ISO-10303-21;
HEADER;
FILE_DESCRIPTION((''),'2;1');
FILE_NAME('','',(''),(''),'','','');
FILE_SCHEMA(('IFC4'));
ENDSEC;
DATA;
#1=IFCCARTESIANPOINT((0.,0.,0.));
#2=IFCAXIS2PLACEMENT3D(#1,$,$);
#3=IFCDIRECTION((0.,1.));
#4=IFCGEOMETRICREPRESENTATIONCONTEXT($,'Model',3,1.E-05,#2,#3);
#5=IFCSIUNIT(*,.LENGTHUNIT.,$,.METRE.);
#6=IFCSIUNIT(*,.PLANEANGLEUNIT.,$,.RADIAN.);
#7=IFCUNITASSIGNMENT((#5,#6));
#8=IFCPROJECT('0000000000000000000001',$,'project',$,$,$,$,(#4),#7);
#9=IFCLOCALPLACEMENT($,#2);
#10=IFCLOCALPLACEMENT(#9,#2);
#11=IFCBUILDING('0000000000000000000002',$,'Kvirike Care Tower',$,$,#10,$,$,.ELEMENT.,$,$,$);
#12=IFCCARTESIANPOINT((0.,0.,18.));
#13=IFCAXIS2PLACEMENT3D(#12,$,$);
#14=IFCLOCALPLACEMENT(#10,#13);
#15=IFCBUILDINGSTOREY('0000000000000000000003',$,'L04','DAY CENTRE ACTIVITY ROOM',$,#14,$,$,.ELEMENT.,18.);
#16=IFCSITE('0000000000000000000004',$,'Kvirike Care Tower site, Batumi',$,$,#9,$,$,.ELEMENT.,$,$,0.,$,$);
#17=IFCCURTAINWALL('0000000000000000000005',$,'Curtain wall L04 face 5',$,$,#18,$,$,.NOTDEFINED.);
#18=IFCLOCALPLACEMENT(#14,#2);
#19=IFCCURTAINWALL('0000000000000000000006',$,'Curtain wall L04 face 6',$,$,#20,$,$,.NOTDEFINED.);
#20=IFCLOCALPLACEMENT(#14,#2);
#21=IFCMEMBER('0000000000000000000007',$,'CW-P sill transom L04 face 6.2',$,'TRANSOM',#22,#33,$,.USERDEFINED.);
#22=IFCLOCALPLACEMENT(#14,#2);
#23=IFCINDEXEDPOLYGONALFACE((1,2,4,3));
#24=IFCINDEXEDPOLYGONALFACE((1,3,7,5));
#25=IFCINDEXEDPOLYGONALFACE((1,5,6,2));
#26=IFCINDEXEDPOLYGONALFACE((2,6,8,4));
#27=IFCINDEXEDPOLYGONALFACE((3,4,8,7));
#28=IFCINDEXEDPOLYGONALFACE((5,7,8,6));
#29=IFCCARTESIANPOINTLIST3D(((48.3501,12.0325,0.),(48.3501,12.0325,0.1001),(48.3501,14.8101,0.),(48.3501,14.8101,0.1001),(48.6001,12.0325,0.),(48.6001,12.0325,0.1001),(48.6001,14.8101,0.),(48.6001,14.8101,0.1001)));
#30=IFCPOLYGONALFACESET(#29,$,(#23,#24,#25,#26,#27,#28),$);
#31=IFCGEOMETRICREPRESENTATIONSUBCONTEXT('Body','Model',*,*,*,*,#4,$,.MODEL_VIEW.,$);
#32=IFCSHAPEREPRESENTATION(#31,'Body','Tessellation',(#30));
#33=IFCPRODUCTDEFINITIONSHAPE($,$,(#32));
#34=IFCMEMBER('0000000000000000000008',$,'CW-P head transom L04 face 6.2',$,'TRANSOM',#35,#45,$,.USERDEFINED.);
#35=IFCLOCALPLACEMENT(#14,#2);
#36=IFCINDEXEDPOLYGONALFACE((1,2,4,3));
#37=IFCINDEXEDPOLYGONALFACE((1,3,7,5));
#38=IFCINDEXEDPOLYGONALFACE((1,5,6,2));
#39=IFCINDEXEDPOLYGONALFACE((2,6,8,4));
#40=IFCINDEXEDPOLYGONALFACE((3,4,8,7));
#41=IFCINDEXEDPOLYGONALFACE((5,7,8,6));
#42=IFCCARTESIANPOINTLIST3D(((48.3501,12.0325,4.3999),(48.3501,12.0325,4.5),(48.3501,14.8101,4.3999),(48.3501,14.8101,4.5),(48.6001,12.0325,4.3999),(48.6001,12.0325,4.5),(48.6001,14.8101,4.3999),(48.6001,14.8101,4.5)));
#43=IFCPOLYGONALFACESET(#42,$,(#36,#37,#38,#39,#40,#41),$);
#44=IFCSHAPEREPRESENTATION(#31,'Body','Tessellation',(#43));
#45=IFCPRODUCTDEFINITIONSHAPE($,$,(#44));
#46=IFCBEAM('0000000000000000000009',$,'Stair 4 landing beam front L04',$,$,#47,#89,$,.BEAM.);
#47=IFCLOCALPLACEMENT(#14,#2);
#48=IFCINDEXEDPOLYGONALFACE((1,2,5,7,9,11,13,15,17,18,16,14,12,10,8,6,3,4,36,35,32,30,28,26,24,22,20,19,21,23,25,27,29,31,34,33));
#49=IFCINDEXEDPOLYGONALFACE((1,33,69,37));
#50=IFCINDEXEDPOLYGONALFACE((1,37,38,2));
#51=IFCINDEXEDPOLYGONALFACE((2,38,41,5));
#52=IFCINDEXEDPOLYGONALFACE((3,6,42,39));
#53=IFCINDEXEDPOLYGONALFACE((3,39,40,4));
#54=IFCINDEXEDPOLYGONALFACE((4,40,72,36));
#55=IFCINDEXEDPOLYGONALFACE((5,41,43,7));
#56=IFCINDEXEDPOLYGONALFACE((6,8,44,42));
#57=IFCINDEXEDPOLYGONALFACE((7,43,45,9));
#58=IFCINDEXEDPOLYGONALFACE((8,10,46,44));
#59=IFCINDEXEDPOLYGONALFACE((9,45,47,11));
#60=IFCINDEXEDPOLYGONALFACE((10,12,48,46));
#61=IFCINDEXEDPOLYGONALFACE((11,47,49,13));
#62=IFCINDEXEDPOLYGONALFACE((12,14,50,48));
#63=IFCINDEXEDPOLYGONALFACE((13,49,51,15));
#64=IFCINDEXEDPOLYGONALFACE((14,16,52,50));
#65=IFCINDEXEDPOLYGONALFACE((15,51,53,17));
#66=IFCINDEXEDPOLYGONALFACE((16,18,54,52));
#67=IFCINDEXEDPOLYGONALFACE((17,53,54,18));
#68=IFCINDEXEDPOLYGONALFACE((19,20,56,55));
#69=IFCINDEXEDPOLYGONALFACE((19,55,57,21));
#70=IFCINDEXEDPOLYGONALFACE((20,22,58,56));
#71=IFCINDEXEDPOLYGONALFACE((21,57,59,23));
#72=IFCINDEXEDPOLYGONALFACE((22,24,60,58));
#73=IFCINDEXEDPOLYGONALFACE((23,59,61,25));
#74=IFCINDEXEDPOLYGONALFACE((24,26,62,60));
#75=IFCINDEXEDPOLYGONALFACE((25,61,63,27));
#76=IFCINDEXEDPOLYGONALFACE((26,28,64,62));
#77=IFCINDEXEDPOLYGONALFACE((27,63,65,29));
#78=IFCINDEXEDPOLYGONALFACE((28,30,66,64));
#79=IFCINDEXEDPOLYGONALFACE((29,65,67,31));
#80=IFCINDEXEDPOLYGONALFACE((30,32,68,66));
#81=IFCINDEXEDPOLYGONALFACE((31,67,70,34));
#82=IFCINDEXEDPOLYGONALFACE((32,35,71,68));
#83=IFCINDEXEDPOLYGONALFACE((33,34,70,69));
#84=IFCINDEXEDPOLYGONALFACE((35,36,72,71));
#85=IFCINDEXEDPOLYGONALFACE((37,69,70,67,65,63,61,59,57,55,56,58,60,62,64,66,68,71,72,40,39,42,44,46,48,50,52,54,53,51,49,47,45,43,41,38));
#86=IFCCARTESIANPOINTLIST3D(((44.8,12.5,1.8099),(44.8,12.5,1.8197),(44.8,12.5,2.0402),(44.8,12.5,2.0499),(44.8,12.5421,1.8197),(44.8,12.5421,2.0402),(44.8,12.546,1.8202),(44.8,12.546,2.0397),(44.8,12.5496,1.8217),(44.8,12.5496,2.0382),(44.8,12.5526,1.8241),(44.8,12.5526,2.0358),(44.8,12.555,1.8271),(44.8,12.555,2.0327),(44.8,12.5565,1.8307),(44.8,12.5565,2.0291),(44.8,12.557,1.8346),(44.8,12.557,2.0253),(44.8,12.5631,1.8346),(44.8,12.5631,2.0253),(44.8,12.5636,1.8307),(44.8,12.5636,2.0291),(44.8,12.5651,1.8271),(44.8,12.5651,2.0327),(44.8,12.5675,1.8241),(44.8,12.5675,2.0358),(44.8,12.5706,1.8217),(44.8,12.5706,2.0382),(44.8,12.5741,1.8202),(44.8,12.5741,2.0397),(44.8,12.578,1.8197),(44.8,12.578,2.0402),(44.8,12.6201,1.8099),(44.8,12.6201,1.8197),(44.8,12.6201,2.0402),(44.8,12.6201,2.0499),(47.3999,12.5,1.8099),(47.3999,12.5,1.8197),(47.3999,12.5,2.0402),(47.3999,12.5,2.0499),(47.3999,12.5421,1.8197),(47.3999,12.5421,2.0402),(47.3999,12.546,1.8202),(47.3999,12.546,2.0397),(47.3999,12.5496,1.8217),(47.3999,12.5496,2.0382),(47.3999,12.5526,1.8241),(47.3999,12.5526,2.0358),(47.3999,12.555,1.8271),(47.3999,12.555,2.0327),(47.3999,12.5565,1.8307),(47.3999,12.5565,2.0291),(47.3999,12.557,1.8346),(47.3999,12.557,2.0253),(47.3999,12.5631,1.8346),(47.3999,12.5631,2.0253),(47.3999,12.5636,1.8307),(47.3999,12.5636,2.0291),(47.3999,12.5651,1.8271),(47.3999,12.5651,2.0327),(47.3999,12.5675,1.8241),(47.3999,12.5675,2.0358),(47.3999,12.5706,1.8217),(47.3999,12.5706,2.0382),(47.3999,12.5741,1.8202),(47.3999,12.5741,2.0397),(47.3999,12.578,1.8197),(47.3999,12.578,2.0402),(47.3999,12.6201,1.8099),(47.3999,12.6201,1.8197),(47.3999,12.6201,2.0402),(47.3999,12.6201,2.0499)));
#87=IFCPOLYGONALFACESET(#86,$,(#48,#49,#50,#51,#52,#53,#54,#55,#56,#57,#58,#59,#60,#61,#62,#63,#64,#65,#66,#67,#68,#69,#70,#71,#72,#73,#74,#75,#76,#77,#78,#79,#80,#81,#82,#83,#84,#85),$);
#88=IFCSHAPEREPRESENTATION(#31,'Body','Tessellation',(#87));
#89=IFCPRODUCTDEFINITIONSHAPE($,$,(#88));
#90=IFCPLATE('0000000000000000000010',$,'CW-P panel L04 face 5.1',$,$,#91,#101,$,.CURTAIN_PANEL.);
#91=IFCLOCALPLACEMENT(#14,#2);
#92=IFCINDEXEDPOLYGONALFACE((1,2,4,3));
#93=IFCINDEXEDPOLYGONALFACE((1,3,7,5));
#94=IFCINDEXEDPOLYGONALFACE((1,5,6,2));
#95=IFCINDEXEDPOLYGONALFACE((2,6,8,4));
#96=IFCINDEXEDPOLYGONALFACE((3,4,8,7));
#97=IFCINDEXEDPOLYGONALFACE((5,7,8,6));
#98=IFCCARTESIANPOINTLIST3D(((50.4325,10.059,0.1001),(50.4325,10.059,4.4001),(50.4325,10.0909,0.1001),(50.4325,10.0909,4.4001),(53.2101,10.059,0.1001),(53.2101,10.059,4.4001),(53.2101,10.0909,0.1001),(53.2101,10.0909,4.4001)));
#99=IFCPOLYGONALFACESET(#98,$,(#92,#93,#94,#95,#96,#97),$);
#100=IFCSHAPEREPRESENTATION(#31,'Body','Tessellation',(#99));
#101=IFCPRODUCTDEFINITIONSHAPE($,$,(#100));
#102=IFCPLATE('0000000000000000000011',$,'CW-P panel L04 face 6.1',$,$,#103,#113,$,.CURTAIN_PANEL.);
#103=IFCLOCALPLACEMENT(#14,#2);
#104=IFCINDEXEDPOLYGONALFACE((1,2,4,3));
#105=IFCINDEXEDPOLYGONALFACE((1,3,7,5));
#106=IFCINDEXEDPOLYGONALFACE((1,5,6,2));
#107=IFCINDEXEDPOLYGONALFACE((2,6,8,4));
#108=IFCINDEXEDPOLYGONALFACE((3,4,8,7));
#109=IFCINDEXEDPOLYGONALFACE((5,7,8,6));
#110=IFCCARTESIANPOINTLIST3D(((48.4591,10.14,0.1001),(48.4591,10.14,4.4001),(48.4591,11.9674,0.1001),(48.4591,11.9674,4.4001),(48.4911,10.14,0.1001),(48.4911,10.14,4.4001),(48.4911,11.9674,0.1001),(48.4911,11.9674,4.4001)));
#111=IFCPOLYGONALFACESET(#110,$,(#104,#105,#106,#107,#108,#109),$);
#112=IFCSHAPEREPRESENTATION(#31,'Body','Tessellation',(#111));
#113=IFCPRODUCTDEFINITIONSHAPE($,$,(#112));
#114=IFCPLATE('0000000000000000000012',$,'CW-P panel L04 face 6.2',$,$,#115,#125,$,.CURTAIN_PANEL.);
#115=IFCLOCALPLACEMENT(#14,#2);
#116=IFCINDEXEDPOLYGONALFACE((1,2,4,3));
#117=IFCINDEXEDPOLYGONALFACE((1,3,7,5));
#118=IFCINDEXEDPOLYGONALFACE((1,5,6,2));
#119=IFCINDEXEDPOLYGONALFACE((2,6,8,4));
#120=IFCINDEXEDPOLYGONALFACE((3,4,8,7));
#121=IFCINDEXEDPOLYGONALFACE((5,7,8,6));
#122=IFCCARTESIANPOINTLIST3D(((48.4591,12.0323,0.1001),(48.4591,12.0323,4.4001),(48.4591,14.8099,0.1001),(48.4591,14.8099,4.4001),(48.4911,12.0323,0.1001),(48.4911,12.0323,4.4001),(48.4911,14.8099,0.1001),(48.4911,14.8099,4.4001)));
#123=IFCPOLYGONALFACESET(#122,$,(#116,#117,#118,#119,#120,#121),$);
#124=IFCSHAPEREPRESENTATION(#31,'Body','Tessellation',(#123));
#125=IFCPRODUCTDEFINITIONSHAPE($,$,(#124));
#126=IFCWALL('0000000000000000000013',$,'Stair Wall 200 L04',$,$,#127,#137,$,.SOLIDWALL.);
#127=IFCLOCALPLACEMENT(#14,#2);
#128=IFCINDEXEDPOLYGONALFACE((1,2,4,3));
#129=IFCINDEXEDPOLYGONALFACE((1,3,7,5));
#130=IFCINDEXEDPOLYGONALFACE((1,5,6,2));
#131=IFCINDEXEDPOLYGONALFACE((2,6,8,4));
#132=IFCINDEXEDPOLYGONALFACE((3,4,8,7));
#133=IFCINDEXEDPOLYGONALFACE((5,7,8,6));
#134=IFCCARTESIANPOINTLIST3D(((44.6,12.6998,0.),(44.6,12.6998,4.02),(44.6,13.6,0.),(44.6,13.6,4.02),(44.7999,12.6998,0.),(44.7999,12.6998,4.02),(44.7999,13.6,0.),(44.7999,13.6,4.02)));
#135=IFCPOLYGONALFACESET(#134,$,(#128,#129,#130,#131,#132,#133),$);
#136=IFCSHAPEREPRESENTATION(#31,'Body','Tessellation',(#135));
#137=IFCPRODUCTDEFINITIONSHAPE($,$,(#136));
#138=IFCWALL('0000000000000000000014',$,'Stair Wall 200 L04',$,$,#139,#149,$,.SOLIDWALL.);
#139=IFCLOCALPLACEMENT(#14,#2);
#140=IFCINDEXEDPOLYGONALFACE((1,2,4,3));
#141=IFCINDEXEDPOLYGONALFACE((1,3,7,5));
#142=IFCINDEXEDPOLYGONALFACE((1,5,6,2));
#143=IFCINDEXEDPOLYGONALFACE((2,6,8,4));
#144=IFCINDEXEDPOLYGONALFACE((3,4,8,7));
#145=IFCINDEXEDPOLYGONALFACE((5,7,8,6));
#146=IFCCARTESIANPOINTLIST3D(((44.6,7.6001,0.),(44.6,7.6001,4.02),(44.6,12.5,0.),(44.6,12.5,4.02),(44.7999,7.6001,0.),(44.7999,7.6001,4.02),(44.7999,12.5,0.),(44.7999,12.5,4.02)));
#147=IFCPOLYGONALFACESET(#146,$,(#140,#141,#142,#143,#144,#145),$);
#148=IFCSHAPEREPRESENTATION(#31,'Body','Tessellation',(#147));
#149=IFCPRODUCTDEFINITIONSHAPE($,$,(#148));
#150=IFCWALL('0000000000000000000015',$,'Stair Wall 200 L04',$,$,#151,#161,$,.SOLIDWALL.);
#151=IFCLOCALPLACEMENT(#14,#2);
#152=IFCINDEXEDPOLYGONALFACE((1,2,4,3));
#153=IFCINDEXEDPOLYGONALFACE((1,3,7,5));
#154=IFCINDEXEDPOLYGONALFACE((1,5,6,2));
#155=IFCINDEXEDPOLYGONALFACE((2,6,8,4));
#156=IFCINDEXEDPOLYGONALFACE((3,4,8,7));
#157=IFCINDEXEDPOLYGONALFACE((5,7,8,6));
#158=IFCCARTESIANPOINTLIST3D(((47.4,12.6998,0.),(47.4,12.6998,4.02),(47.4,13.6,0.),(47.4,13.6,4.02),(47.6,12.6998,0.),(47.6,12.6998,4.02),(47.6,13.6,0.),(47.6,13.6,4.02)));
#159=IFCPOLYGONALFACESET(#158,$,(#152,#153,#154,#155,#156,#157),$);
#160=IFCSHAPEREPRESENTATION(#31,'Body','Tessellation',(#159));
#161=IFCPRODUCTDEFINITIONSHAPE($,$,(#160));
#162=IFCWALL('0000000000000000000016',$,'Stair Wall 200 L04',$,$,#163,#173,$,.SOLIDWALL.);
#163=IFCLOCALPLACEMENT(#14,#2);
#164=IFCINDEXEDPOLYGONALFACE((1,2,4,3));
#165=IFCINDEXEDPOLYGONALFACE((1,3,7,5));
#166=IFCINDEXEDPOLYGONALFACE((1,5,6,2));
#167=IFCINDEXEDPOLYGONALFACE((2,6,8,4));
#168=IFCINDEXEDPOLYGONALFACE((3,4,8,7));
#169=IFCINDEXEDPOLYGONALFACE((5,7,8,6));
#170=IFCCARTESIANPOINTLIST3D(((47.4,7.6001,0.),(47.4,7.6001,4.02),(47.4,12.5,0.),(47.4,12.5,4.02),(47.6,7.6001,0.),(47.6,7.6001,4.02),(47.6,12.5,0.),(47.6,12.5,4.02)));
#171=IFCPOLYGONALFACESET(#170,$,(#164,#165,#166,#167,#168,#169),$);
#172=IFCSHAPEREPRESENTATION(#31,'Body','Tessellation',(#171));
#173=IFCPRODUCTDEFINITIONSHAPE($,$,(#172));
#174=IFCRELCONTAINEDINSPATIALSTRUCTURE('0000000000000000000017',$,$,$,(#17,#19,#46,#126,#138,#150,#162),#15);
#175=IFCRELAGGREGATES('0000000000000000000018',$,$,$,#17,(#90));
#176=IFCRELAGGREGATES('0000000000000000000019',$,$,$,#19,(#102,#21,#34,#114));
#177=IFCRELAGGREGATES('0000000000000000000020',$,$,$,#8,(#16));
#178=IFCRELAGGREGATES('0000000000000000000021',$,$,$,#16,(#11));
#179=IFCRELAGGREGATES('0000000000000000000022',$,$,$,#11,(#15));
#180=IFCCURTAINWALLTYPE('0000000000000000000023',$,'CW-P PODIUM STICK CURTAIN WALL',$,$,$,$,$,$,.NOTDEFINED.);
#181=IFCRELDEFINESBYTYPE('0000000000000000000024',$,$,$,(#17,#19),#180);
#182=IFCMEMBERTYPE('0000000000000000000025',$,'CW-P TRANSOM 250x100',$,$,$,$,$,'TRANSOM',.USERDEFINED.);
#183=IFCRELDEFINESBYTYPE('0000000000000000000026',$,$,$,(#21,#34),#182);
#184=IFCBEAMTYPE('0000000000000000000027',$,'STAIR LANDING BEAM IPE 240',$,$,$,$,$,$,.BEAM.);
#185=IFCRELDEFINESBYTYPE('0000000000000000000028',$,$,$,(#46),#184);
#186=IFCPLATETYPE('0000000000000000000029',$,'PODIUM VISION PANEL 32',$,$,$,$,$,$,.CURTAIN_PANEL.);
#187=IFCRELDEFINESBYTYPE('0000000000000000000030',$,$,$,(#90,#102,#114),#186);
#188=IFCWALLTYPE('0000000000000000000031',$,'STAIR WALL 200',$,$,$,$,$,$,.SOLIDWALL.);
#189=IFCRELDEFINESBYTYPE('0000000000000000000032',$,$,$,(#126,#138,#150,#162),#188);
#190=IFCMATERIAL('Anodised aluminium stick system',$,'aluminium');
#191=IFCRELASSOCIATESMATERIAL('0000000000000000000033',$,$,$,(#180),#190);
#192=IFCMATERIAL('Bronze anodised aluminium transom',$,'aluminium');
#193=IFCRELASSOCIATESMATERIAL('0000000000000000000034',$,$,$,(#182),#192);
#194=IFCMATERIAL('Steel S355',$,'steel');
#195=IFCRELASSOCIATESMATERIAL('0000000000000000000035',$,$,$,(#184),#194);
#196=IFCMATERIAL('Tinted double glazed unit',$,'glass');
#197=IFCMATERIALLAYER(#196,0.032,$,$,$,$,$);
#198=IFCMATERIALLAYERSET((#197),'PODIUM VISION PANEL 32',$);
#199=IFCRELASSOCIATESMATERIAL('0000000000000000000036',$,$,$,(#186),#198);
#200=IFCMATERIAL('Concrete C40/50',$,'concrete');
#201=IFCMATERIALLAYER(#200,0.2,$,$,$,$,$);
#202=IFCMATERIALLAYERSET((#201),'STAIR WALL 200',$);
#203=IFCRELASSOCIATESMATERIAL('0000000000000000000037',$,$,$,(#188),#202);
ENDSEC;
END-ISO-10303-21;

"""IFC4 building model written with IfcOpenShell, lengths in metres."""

from ifc_helpers import new_model, si_unit, direction, frame, frame_2d, origin, origin_2d, place, context, subcontext, project, spatial, rectangle, i_section, extrude, material, layer, layer_set, material_profile, profile_set, type_object, element, aggregate, save


model = new_model("IFC4")

# Units and contexts
model_context = context("Model", 3, precision=1e-05, world=origin(), true_north=direction((0.0, 1.0)))
body_context = subcontext(model_context, "Body", "Model", "MODEL_VIEW")
ifc_project = project(units=[si_unit("LENGTHUNIT", "METRE"), si_unit("PLANEANGLEUNIT", "RADIAN")], contexts=[model_context])

# Site, building, storey
site_placement = place(None, origin())
site = spatial("IfcSite", under=ifc_project, at=site_placement, Name="Kvirike Care Tower site, Batumi", CompositionType="ELEMENT", RefElevation=0.0)
building_placement = place(site_placement, origin())
building = spatial("IfcBuilding", under=site, at=building_placement, Name="Kvirike Care Tower", CompositionType="ELEMENT")
storey_placement = place(building_placement, frame((0.0, 0.0, 18.0)))
storey = spatial("IfcBuildingStorey", under=building, at=storey_placement, Name="L04", Description="DAY CENTRE ACTIVITY ROOM", CompositionType="ELEMENT", Elevation=18.0)

# Curtain walls
ifc_material_1 = material(Name="Anodised aluminium stick system", Category="aluminium")
curtain_wall_type = type_object("IfcCurtainWallType", Name="CW-P PODIUM STICK CURTAIN WALL", PredefinedType="NOTDEFINED", material=ifc_material_1)
curtain_wall_1_placement = place(storey_placement, origin())
curtain_wall_1 = element("IfcCurtainWall", 1, at=curtain_wall_1_placement, inside=storey, type_object=curtain_wall_type, Name="Curtain wall L04 face 5", PredefinedType="NOTDEFINED")
curtain_wall_2_placement = place(storey_placement, origin())
curtain_wall_2 = element("IfcCurtainWall", 2, at=curtain_wall_2_placement, inside=storey, type_object=curtain_wall_type, Name="Curtain wall L04 face 6", PredefinedType="NOTDEFINED")

# Members
ifc_material_2 = material(Name="Bronze anodised aluminium transom", Category="aluminium")
ifc_material_profile_1 = material_profile(ifc_material_2, rectangle(XDim=0.25, YDim=0.1001, at=origin_2d()), Name="CW-P TRANSOM 250x100")
ifc_profile_set_1 = profile_set([ifc_material_profile_1], Name="Bronze anodised aluminium transom")
member_type_1 = type_object("IfcMemberType", Name="CW-P TRANSOM 250x100", ElementType="TRANSOM", PredefinedType="USERDEFINED", material=ifc_profile_set_1)
member_1_placement = place(storey_placement, frame((48.4751, 12.0325, 0.05), z_axis=(0.0, 1.0, 0.0), x_axis=(-1.0, 0.0, 0.0)))
member_1 = element("IfcMember", 3, at=member_1_placement, type_object=member_type_1, Name="CW-P sill transom L04 face 6.2", ObjectType="TRANSOM", PredefinedType="USERDEFINED", context=body_context, shape_type="SweptSolid", body=[
    extrude(rectangle(XDim=0.25, YDim=0.1001, at=origin_2d()), origin(), (0.0, 0.0, 1.0), 2.7776),
])
member_2_placement = place(storey_placement, frame((48.4751, 12.0325, 4.45), z_axis=(0.0, 1.0, 0.0), x_axis=(-1.0, 0.0, 0.0)))
member_2 = element("IfcMember", 4, at=member_2_placement, type_object=member_type_1, Name="CW-P head transom L04 face 6.2", ObjectType="TRANSOM", PredefinedType="USERDEFINED", context=body_context, shape_type="SweptSolid", body=[
    extrude(rectangle(XDim=0.25, YDim=0.1001, at=origin_2d()), origin(), (0.0, 0.0, 1.0), 2.7776),
])

# Beam
ifc_material_3 = material(Name="Steel S355", Category="steel")
ifc_material_profile_2 = material_profile(ifc_material_3, i_section(OverallWidth=0.1201, OverallDepth=0.24, WebThickness=0.0061, FlangeThickness=0.0098, FilletRadius=0.0149, at=origin_2d()), Name="IPE 240")
ifc_profile_set_2 = profile_set([ifc_material_profile_2], Name="Steel S355")
beam_type = type_object("IfcBeamType", Name="STAIR LANDING BEAM IPE 240", PredefinedType="BEAM", material=ifc_profile_set_2)
beam_placement = place(storey_placement, frame((44.8, 12.5601, 1.9299), z_axis=(1.0, 0.0, 0.0), x_axis=(0.0, 1.0, 0.0)))
element("IfcBeam", 5, at=beam_placement, inside=storey, type_object=beam_type, Name="Stair 4 landing beam front L04", PredefinedType="BEAM", context=body_context, shape_type="SweptSolid", body=[
    extrude(i_section(OverallWidth=0.1201, OverallDepth=0.24, WebThickness=0.0061, FlangeThickness=0.0098, FilletRadius=0.0149, at=origin_2d()), origin(), (0.0, 0.0, 1.0), 2.5999),
])

# Plates
ifc_material_4 = material(Name="Tinted double glazed unit", Category="glass")
ifc_layer_1 = layer(ifc_material_4, 0.032)
ifc_layer_set_1 = layer_set([ifc_layer_1], Name="PODIUM VISION PANEL 32")
plate_type = type_object("IfcPlateType", Name="PODIUM VISION PANEL 32", PredefinedType="CURTAIN_PANEL", material=ifc_layer_set_1)
plate_1_placement = place(storey_placement, frame((51.8213, 10.075, 0.1001), z_axis=(0.0, 0.0, 1.0), x_axis=(-1.0, 0.0, 0.0)))
plate_1 = element("IfcPlate", 6, at=plate_1_placement, type_object=plate_type, Name="CW-P panel L04 face 5.1", PredefinedType="CURTAIN_PANEL", context=body_context, shape_type="SweptSolid", body=[
    extrude(rectangle(XDim=2.7776, YDim=0.032, at=origin_2d()), origin(), (0.0, 0.0, 1.0), 4.3),
])
aggregate(curtain_wall_1, [plate_1])
plate_2_placement = place(storey_placement, frame((48.4751, 11.0537, 0.1001), z_axis=(0.0, 0.0, 1.0), x_axis=(0.0, 1.0, 0.0)))
plate_2 = element("IfcPlate", 7, at=plate_2_placement, type_object=plate_type, Name="CW-P panel L04 face 6.1", PredefinedType="CURTAIN_PANEL", context=body_context, shape_type="SweptSolid", body=[
    extrude(rectangle(XDim=1.8274, YDim=0.032, at=origin_2d()), origin(), (0.0, 0.0, 1.0), 4.3),
])
plate_3_placement = place(storey_placement, frame((48.4751, 13.4211, 0.1001), z_axis=(0.0, 0.0, 1.0), x_axis=(0.0, 1.0, 0.0)))
plate_3 = element("IfcPlate", 8, at=plate_3_placement, type_object=plate_type, Name="CW-P panel L04 face 6.2", PredefinedType="CURTAIN_PANEL", context=body_context, shape_type="SweptSolid", body=[
    extrude(rectangle(XDim=2.7776, YDim=0.032, at=origin_2d()), origin(), (0.0, 0.0, 1.0), 4.3),
])
aggregate(curtain_wall_2, [plate_2, member_1, member_2, plate_3])

# Walls
ifc_material_5 = material(Name="Concrete C40/50", Category="concrete")
ifc_layer_2 = layer(ifc_material_5, 0.2)
ifc_layer_set_2 = layer_set([ifc_layer_2], Name="STAIR WALL 200")
wall_type = type_object("IfcWallType", Name="STAIR WALL 200", PredefinedType="SOLIDWALL", material=ifc_layer_set_2)
wall_1_placement = place(storey_placement, frame((44.7, 13.6001, 0.0), z_axis=(0.0, 0.0, 1.0), x_axis=(0.0, -1.0, 0.0)))
element("IfcWall", 9, at=wall_1_placement, inside=storey, type_object=wall_type, Name="Stair Wall 200 L04", PredefinedType="SOLIDWALL", context=body_context, shape_type="SweptSolid", body=[
    extrude(rectangle(XDim=0.9001, YDim=0.2, at=frame_2d((0.4502, 0.0))), origin(), (0.0, 0.0, 1.0), 4.02),
])
wall_2_placement = place(storey_placement, frame((44.7, 12.5, 0.0), z_axis=(0.0, 0.0, 1.0), x_axis=(0.0, -1.0, 0.0)))
element("IfcWall", 10, at=wall_2_placement, inside=storey, type_object=wall_type, Name="Stair Wall 200 L04", PredefinedType="SOLIDWALL", context=body_context, shape_type="SweptSolid", body=[
    extrude(rectangle(XDim=4.8999, YDim=0.2, at=frame_2d((2.45, 0.0))), origin(), (0.0, 0.0, 1.0), 4.02),
])
wall_3_placement = place(storey_placement, frame((47.5, 13.6001, 0.0), z_axis=(0.0, 0.0, 1.0), x_axis=(0.0, -1.0, 0.0)))
element("IfcWall", 11, at=wall_3_placement, inside=storey, type_object=wall_type, Name="Stair Wall 200 L04", PredefinedType="SOLIDWALL", context=body_context, shape_type="SweptSolid", body=[
    extrude(rectangle(XDim=0.9001, YDim=0.2, at=frame_2d((0.4502, 0.0))), origin(), (0.0, 0.0, 1.0), 4.02),
])
wall_4_placement = place(storey_placement, frame((47.5, 12.5, 0.0), z_axis=(0.0, 0.0, 1.0), x_axis=(0.0, -1.0, 0.0)))
element("IfcWall", 12, at=wall_4_placement, inside=storey, type_object=wall_type, Name="Stair Wall 200 L04", PredefinedType="SOLIDWALL", context=body_context, shape_type="SweptSolid", body=[
    extrude(rectangle(XDim=4.8999, YDim=0.2, at=frame_2d((2.45, 0.0))), origin(), (0.0, 0.0, 1.0), 4.02),
])

save(model, "model.ifc")
